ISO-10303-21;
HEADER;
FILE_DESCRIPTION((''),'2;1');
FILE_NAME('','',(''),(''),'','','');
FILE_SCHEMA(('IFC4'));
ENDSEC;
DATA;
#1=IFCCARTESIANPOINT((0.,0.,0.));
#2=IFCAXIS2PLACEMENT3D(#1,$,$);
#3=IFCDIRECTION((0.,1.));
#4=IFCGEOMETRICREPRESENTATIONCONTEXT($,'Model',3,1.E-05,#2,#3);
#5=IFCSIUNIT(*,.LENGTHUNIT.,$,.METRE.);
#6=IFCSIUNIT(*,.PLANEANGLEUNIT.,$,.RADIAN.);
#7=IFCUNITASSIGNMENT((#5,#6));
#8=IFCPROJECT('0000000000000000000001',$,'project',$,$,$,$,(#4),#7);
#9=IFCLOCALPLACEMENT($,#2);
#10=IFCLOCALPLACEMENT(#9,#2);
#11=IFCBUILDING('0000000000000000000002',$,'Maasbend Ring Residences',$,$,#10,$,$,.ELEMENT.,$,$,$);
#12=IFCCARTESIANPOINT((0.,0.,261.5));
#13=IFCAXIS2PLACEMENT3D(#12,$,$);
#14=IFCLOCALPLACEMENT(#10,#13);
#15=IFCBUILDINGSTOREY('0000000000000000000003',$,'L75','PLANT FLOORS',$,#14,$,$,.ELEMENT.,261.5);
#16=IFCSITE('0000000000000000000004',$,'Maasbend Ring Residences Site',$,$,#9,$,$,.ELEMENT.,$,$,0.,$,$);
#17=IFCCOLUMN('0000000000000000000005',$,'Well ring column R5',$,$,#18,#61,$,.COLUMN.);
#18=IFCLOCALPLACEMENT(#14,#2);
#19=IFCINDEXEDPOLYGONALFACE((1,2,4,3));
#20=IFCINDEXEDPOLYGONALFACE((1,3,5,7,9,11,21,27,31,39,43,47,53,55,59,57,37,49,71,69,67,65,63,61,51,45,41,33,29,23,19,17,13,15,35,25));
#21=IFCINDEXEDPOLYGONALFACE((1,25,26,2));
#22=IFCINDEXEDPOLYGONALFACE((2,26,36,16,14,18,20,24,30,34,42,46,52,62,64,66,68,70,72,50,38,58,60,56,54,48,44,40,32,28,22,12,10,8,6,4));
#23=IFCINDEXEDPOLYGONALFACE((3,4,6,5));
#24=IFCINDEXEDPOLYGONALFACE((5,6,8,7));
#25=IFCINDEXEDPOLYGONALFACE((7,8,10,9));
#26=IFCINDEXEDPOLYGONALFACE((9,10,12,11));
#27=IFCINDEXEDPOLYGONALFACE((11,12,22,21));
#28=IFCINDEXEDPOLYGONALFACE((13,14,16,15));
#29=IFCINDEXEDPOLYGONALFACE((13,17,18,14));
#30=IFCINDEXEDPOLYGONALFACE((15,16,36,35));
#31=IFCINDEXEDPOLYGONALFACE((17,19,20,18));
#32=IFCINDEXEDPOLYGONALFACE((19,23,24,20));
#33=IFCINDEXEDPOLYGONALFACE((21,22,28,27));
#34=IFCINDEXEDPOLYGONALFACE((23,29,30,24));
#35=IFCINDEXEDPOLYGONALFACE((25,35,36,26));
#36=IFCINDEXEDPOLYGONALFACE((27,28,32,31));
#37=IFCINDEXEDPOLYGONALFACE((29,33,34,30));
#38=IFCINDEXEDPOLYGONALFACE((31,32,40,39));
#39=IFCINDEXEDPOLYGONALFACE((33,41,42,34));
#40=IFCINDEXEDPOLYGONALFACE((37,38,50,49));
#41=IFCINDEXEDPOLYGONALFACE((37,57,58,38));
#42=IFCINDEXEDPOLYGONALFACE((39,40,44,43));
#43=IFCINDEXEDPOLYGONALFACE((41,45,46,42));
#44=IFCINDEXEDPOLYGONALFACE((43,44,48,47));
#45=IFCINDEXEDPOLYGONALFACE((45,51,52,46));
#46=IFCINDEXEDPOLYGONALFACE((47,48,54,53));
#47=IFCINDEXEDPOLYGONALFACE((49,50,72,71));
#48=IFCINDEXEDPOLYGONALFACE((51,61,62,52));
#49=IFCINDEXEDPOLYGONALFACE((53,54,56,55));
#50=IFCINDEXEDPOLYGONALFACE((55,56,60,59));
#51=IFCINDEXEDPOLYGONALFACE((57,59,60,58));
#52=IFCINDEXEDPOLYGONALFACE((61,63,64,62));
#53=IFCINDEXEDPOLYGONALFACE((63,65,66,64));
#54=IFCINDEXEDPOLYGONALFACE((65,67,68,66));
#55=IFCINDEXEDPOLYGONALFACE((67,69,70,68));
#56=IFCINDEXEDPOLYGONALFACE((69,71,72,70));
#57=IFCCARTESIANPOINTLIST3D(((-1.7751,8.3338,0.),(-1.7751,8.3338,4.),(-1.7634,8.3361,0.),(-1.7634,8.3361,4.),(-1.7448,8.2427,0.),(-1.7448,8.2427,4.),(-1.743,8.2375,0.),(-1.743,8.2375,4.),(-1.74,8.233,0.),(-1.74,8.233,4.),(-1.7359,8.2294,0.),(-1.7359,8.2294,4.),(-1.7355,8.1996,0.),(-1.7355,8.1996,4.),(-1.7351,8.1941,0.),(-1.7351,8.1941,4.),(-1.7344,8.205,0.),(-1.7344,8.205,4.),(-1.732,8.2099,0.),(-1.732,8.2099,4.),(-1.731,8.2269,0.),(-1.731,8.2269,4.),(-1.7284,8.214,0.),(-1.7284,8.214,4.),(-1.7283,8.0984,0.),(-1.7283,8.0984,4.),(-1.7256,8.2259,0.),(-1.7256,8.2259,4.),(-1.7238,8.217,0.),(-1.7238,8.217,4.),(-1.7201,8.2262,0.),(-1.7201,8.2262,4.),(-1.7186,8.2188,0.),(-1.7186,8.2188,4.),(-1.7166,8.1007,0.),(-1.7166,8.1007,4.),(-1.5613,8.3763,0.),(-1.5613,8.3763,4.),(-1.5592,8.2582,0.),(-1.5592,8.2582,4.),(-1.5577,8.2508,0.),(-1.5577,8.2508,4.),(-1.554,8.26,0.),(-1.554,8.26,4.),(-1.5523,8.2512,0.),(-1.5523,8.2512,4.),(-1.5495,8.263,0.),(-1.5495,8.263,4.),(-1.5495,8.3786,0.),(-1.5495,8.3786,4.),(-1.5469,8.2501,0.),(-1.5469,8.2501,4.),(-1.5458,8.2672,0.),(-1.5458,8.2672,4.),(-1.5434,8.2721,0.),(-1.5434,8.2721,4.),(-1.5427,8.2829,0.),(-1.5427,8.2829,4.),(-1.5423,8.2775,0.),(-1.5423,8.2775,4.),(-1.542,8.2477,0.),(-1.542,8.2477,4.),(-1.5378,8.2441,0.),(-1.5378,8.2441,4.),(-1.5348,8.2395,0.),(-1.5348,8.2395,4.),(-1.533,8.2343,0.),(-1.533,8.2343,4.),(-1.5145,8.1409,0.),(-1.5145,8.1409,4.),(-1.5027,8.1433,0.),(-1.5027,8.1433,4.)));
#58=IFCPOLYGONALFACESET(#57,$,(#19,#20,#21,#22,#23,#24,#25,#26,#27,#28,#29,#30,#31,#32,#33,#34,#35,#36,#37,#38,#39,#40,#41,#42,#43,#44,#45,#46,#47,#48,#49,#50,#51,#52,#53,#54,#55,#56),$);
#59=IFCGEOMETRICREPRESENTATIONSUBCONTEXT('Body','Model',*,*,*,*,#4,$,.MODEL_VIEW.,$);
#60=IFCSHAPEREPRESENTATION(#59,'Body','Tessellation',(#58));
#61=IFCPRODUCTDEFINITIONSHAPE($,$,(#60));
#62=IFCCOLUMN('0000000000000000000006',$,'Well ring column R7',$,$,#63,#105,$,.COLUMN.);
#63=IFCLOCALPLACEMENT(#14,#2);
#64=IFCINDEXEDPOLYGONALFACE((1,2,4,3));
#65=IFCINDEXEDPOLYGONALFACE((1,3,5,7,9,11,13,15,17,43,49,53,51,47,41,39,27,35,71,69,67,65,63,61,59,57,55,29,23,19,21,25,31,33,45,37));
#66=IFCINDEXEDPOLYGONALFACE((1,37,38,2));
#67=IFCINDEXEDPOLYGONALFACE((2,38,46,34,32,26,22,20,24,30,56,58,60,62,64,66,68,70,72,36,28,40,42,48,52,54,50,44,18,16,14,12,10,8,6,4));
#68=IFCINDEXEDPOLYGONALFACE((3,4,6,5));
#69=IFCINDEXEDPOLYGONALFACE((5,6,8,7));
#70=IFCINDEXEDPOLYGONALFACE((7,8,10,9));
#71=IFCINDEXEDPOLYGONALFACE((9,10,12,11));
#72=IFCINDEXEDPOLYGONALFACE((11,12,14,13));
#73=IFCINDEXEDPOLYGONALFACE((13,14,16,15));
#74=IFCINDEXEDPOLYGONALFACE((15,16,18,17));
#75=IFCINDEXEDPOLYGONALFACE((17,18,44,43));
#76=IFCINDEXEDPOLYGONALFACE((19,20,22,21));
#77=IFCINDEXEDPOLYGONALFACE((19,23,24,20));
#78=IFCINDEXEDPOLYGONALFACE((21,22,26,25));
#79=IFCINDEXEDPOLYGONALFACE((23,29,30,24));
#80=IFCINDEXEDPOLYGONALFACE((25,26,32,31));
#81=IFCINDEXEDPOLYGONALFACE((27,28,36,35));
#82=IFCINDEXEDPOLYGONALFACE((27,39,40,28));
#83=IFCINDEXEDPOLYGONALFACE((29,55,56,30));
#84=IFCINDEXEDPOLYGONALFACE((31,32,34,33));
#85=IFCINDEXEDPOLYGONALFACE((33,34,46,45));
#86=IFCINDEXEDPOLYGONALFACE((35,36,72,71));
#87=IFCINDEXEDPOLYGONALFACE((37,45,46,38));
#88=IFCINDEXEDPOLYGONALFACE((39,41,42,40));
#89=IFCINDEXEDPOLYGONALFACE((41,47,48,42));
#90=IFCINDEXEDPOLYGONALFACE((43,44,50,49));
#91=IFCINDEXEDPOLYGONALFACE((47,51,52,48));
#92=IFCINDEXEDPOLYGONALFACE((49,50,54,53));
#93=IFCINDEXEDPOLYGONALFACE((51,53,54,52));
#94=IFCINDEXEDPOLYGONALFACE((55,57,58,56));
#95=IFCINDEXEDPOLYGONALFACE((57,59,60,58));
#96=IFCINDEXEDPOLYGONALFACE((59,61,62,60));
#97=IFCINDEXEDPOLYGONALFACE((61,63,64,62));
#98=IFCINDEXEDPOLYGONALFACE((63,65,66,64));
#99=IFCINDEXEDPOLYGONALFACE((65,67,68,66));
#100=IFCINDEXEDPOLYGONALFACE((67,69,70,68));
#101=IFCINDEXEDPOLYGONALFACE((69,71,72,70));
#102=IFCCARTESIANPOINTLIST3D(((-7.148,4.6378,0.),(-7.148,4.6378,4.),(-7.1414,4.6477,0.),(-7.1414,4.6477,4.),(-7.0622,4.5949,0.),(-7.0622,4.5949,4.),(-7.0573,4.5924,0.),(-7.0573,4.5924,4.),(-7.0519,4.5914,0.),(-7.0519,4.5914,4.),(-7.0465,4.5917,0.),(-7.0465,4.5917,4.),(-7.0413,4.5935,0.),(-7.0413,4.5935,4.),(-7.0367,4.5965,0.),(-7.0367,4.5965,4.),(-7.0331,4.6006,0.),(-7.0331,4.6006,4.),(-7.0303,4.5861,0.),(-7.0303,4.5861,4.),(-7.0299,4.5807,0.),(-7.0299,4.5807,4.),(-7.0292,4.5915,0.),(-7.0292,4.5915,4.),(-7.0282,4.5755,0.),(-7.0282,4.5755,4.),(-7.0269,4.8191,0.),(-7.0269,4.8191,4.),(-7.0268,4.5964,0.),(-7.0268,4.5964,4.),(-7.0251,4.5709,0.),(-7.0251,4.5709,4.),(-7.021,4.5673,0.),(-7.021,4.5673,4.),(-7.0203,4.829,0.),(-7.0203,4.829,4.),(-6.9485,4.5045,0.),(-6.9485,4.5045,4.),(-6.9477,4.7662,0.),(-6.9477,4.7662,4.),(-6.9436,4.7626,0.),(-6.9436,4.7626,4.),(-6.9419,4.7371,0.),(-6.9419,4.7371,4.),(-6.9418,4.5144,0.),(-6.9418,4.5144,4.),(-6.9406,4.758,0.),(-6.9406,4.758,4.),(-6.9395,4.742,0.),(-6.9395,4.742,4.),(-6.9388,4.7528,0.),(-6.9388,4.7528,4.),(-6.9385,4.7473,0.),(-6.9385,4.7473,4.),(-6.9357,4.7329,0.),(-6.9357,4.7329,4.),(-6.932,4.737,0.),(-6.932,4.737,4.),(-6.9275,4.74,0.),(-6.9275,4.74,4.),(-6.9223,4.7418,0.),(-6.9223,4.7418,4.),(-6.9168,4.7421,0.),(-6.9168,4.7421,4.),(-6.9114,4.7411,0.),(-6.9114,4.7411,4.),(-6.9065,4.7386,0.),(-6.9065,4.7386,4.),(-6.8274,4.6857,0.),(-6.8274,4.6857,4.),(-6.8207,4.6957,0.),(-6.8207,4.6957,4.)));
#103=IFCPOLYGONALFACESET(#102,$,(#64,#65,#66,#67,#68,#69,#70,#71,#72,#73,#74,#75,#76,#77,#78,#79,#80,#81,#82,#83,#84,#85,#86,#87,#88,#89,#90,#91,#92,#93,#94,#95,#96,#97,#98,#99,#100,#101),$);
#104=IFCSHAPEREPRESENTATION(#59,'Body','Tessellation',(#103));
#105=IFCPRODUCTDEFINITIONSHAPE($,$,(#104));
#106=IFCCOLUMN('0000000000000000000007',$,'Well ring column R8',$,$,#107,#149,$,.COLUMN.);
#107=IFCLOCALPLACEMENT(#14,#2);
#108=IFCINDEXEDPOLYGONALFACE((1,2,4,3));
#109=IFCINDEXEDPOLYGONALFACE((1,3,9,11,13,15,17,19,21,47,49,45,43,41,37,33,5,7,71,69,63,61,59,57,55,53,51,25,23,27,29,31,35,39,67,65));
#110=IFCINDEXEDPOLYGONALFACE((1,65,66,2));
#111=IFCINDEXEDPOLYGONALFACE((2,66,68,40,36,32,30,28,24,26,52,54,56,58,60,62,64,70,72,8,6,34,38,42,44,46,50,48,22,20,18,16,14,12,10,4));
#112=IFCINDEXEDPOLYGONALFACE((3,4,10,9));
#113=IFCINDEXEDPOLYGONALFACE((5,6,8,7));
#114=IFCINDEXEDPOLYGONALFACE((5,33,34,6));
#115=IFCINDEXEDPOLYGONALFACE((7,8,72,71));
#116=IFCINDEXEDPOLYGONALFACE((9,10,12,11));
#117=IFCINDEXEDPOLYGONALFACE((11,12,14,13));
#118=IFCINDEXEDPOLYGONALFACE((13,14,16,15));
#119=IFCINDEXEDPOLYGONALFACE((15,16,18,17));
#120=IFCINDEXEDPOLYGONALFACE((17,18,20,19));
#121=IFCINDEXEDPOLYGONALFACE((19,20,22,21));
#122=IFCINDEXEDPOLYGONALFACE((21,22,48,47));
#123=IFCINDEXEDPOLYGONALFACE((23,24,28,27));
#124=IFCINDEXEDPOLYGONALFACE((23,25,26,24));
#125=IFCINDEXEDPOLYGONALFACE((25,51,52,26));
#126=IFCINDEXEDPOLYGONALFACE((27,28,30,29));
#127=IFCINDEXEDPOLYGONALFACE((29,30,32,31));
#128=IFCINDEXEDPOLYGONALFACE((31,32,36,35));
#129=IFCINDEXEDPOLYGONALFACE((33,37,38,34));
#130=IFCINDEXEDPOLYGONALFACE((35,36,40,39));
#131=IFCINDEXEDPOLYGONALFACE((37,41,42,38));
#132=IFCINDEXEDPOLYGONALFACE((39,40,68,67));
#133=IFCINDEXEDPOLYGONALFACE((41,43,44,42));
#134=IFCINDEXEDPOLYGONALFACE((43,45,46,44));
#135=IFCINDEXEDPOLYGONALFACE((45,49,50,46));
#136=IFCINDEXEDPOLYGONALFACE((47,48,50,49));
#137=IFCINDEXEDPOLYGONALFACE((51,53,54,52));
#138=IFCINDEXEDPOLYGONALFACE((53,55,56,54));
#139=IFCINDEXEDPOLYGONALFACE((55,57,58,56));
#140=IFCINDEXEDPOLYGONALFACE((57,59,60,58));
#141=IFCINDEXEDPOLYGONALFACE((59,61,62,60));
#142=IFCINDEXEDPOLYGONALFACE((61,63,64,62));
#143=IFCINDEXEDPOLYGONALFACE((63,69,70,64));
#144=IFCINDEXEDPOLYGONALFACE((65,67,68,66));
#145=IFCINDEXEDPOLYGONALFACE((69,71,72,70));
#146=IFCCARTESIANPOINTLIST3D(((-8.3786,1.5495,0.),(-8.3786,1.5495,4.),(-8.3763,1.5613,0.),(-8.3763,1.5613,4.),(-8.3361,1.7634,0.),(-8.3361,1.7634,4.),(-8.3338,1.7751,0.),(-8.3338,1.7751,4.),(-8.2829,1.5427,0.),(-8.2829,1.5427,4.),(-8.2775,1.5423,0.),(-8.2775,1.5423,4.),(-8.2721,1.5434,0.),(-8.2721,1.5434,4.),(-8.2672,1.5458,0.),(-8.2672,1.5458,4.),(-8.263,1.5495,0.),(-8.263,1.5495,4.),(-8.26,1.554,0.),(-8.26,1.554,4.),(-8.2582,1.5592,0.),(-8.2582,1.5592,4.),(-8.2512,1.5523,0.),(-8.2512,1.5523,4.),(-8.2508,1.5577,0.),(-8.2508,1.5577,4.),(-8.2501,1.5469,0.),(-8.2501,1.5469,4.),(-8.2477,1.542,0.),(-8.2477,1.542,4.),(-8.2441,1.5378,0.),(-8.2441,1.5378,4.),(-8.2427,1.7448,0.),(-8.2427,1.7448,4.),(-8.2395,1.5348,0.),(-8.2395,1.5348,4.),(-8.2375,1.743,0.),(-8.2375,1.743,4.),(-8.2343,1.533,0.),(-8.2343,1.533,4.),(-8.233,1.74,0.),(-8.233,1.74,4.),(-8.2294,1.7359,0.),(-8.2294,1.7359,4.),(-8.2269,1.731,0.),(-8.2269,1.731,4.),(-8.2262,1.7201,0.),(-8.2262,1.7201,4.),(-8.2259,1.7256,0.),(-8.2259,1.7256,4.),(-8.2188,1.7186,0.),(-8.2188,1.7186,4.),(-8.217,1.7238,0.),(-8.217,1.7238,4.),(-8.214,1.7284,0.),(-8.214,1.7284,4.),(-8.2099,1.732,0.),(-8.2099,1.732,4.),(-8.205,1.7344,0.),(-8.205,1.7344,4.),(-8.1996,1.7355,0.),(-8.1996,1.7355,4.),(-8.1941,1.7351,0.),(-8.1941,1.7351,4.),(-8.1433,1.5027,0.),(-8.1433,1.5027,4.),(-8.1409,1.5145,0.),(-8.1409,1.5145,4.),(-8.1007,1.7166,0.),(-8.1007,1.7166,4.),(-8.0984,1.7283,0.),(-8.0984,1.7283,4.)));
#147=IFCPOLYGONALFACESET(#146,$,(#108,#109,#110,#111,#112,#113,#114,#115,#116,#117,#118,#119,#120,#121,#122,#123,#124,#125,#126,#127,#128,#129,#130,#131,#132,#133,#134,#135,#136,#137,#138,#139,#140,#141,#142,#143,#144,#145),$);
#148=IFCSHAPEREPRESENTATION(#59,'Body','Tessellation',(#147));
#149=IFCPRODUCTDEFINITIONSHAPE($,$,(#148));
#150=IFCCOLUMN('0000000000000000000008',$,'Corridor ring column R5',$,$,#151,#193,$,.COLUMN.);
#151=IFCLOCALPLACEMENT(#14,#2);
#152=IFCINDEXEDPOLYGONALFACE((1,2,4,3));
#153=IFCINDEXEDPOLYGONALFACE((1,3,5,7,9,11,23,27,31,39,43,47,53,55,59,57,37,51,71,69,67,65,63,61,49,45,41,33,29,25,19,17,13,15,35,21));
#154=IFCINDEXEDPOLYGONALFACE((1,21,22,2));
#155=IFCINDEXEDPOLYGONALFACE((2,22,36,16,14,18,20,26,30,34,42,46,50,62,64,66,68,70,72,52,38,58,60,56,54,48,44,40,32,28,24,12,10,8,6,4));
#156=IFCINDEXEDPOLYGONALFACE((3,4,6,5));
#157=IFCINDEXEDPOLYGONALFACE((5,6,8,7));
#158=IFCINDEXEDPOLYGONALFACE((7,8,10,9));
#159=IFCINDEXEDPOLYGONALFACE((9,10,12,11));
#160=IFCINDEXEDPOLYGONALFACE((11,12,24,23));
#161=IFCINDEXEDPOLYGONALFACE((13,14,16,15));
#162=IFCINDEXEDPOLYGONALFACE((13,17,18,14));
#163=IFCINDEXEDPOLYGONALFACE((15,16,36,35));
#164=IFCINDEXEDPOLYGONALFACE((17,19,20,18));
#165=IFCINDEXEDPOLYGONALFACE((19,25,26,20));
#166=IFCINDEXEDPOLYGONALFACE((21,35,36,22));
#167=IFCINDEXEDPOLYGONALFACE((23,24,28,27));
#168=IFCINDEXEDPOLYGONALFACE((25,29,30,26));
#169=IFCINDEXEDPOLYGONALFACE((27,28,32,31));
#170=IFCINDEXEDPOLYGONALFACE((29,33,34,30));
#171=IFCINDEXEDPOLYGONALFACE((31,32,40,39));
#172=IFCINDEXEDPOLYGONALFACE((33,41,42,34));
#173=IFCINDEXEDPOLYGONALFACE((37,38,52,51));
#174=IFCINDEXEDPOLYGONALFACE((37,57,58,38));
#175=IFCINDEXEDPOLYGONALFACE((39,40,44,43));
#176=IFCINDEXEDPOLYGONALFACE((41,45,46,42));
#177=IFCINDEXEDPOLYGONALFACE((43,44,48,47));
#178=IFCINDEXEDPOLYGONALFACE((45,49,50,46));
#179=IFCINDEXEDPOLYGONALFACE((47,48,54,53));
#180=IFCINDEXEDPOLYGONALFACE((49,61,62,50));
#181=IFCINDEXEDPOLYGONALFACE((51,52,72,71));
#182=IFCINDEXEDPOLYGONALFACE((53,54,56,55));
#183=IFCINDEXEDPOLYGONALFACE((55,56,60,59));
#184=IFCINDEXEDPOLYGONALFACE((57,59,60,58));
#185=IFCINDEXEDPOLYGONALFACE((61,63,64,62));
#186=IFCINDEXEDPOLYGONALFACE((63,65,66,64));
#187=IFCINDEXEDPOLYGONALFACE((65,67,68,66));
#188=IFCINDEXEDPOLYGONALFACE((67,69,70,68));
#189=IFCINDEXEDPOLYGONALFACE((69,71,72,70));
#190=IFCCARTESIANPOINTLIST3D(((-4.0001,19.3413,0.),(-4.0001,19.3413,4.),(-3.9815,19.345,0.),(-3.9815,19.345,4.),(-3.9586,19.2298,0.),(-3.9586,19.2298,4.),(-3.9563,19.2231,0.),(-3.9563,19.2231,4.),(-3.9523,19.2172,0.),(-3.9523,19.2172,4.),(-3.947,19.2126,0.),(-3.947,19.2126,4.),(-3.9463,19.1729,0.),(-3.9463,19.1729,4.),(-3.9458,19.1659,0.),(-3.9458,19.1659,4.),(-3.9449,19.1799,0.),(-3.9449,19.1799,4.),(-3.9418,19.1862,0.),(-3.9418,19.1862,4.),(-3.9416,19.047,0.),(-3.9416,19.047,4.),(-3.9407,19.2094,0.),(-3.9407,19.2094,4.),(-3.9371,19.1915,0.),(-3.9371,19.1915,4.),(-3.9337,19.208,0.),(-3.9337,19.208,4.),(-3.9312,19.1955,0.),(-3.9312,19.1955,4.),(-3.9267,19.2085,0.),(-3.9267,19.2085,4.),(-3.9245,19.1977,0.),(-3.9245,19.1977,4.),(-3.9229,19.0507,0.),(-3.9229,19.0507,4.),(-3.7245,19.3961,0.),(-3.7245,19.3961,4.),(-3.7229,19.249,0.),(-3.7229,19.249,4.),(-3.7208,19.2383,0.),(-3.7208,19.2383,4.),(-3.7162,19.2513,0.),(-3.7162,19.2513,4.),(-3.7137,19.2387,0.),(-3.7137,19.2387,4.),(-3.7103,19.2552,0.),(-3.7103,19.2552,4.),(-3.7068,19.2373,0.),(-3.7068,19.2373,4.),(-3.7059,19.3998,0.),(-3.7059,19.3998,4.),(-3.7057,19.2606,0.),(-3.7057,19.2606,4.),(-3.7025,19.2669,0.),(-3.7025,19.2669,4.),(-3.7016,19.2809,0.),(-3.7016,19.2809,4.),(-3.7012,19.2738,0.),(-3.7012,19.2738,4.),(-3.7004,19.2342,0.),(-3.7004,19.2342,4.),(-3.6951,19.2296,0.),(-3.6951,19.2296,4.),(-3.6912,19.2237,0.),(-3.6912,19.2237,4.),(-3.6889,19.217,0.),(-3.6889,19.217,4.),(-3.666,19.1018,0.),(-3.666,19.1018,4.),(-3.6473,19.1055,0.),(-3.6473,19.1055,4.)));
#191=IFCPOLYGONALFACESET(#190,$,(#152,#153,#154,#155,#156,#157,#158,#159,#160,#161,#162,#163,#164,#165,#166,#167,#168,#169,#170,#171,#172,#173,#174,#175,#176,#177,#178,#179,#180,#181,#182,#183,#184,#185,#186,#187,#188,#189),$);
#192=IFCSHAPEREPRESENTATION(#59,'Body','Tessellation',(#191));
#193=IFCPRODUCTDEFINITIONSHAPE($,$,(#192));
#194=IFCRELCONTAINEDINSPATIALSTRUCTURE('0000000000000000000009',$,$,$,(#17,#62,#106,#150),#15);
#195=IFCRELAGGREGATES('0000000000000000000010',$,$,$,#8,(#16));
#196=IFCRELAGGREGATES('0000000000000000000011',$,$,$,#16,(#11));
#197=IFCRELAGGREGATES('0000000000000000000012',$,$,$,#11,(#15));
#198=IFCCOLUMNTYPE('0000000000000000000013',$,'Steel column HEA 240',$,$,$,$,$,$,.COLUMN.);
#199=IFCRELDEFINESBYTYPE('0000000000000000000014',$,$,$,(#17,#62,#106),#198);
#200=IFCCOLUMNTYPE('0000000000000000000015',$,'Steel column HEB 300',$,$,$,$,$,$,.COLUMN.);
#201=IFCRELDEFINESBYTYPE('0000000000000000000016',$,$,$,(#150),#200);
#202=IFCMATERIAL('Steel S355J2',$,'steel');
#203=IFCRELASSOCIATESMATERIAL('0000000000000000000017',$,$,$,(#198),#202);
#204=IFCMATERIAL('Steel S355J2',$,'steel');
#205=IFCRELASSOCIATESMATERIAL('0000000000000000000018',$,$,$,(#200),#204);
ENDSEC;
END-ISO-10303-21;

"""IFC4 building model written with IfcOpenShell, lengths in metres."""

from ifc_helpers import new_model, si_unit, direction, frame, origin, origin_2d, place, context, subcontext, project, spatial, i_section, extrude, material, material_profile, profile_set, type_object, element, save


model = new_model("IFC4")

# Units and contexts
model_context = context("Model", 3, precision=1e-05, world=origin(), true_north=direction((0.0, 1.0)))
body_context = subcontext(model_context, "Body", "Model", "MODEL_VIEW")
ifc_project = project(units=[si_unit("LENGTHUNIT", "METRE"), si_unit("PLANEANGLEUNIT", "RADIAN")], contexts=[model_context])

# Site, building, storey
site_placement = place(None, origin())
site = spatial("IfcSite", under=ifc_project, at=site_placement, Name="Maasbend Ring Residences Site", CompositionType="ELEMENT", RefElevation=0.0)
building_placement = place(site_placement, origin())
building = spatial("IfcBuilding", under=site, at=building_placement, Name="Maasbend Ring Residences", CompositionType="ELEMENT")
storey_placement = place(building_placement, frame((0.0, 0.0, 261.5)))
storey = spatial("IfcBuildingStorey", under=building, at=storey_placement, Name="L75", Description="PLANT FLOORS", CompositionType="ELEMENT", Elevation=261.5)

# Columns
ifc_material_1 = material(Name="Steel S355J2", Category="steel")
ifc_material_profile_1 = material_profile(ifc_material_1, i_section(OverallWidth=0.24, OverallDepth=0.23, WebThickness=0.0076, FlangeThickness=0.012, FilletRadius=0.021, at=origin_2d()), Name="HEA 240")
ifc_profile_set_1 = profile_set([ifc_material_profile_1], Name="Steel S355J2")
column_type_1 = type_object("IfcColumnType", Name="Steel column HEA 240", PredefinedType="COLUMN", material=ifc_profile_set_1)
for number, where, z_axis, x_axis, name in (
    (1, (-1.6389, 8.2385, 0.0), (0.0, 0.0, 1.0), (-0.19509, 0.980785, 0.0), "Well ring column R5"),
    (2, (-6.9844, 4.6667, 0.0), (0.0, 0.0, 1.0), (-0.83147, 0.55557, 0.0), "Well ring column R7"),
    (3, (-8.2385, 1.6389, 0.0), (0.0, 0.0, 1.0), (-0.980785, 0.19509, 0.0), "Well ring column R8"),
):
    element("IfcColumn", number, at=place(storey_placement, frame(where, z_axis=z_axis, x_axis=x_axis)), inside=storey, type_object=column_type_1, Name=name, PredefinedType="COLUMN", context=body_context, shape_type="SweptSolid", body=[
        extrude(i_section(OverallWidth=0.24, OverallDepth=0.23, WebThickness=0.0076, FlangeThickness=0.012, FilletRadius=0.021, at=origin_2d()), origin(), (0.0, 0.0, 1.0), 4.0),
    ])
ifc_material_2 = material(Name="Steel S355J2", Category="steel")
ifc_material_profile_2 = material_profile(ifc_material_2, i_section(OverallWidth=0.3, OverallDepth=0.3, WebThickness=0.011, FlangeThickness=0.019, FilletRadius=0.0271, at=origin_2d()), Name="HEB 300")
ifc_profile_set_2 = profile_set([ifc_material_profile_2], Name="Steel S355J2")
column_type_2 = type_object("IfcColumnType", Name="Steel column HEB 300", PredefinedType="COLUMN", material=ifc_profile_set_2)
for number, where, z_axis, x_axis, name in (
    (4, (-3.8237, 19.2234, 0.0), (0.0, 0.0, 1.0), (-0.19509, 0.980785, 0.0), "Corridor ring column R5"),
):
    element("IfcColumn", number, at=place(storey_placement, frame(where, z_axis=z_axis, x_axis=x_axis)), inside=storey, type_object=column_type_2, Name=name, PredefinedType="COLUMN", context=body_context, shape_type="SweptSolid", body=[
        extrude(i_section(OverallWidth=0.3, OverallDepth=0.3, WebThickness=0.011, FlangeThickness=0.019, FilletRadius=0.0271, at=origin_2d()), origin(), (0.0, 0.0, 1.0), 4.0),
    ])

save(model, "model.ifc")
